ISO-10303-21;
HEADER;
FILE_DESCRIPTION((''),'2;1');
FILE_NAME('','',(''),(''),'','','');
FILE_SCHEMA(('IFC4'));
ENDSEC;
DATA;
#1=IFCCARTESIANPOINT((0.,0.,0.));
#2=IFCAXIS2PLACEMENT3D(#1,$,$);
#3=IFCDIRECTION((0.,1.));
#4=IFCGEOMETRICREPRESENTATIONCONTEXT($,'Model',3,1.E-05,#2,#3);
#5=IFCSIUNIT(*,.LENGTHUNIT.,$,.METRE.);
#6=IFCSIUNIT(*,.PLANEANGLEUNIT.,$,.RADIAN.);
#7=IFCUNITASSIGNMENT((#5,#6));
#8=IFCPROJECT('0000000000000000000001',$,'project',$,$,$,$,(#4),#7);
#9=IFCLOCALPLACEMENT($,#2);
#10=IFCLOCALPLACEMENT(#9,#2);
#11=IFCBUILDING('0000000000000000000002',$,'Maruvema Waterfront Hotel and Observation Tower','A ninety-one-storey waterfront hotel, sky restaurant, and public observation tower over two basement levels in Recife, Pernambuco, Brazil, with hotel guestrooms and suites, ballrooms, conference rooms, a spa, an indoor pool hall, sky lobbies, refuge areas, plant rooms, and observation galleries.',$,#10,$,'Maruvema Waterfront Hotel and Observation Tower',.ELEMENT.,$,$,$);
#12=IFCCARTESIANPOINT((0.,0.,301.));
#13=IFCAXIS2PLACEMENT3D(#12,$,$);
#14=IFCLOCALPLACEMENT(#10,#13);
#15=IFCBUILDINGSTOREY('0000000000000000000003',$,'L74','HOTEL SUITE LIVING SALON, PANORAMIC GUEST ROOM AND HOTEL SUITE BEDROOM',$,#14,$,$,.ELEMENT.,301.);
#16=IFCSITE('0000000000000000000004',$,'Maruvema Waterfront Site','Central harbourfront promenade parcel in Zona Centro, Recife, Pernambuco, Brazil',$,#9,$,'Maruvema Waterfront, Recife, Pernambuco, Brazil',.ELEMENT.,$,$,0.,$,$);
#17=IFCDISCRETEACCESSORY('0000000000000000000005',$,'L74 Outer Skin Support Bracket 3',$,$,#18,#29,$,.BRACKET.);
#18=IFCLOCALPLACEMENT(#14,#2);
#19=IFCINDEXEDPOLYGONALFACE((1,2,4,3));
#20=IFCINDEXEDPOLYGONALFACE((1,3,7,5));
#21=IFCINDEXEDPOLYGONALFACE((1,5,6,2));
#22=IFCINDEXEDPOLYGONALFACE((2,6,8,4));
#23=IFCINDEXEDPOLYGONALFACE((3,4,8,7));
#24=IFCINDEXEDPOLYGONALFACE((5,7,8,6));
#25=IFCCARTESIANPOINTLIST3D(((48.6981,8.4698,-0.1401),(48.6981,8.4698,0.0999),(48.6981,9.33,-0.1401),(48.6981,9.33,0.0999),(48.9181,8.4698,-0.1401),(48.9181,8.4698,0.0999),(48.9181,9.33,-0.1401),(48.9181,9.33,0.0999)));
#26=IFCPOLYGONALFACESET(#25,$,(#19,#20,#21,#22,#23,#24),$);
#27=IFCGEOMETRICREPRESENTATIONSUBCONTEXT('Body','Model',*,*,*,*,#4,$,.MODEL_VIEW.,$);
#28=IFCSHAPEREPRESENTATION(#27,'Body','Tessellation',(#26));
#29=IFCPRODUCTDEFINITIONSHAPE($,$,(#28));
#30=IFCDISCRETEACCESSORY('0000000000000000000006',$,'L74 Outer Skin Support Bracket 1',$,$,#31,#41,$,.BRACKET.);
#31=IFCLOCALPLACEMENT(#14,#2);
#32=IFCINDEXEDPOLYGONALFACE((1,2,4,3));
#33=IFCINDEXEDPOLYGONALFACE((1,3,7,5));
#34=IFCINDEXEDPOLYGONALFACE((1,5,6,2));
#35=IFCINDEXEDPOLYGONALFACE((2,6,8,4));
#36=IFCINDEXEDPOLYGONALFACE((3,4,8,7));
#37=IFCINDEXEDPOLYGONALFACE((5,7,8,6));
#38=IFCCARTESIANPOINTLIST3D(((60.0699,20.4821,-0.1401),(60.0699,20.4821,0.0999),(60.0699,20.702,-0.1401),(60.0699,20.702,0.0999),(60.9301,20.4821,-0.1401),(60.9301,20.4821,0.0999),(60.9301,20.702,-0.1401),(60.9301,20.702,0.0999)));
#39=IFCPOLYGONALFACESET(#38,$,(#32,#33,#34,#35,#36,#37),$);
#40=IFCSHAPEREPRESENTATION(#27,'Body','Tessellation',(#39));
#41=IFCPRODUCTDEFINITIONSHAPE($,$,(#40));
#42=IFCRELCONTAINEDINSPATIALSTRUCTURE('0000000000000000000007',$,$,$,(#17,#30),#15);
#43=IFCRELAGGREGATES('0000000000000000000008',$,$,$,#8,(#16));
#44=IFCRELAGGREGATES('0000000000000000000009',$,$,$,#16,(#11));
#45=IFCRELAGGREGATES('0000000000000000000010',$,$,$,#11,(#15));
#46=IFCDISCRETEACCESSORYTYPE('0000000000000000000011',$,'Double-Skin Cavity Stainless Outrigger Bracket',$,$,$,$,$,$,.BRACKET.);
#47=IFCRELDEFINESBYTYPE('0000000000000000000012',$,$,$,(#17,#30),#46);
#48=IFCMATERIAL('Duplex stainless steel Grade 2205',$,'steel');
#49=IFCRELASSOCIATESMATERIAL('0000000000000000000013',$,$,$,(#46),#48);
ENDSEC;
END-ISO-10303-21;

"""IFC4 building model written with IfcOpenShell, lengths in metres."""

from ifc_helpers import new_model, si_unit, direction, frame, origin, origin_2d, place, context, subcontext, project, spatial, rectangle, extrude, material, type_object, element, save


model = new_model("IFC4")

# Units and contexts
model_context = context("Model", 3, precision=1e-05, world=origin(), true_north=direction((0.0, 1.0)))
body_context = subcontext(model_context, "Body", "Model", "MODEL_VIEW")
ifc_project = project(units=[si_unit("LENGTHUNIT", "METRE"), si_unit("PLANEANGLEUNIT", "RADIAN")], contexts=[model_context])

# Site, building, storey
site_placement = place(None, origin())
site = spatial("IfcSite", under=ifc_project, at=site_placement, Name="Maruvema Waterfront Site", Description="Central harbourfront promenade parcel in Zona Centro, Recife, Pernambuco, Brazil", LongName="Maruvema Waterfront, Recife, Pernambuco, Brazil", CompositionType="ELEMENT", RefElevation=0.0)
building_placement = place(site_placement, origin())
building = spatial("IfcBuilding", under=site, at=building_placement, Name="Maruvema Waterfront Hotel and Observation Tower", Description="A ninety-one-storey waterfront hotel, sky restaurant, and public observation tower over two basement levels in Recife, Pernambuco, Brazil, with hotel guestrooms and suites, ballrooms, conference rooms, a spa, an indoor pool hall, sky lobbies, refuge areas, plant rooms, and observation galleries.", LongName="Maruvema Waterfront Hotel and Observation Tower", CompositionType="ELEMENT")
storey_placement = place(building_placement, frame((0.0, 0.0, 301.0)))
storey = spatial("IfcBuildingStorey", under=building, at=storey_placement, Name="L74", Description="HOTEL SUITE LIVING SALON, PANORAMIC GUEST ROOM AND HOTEL SUITE BEDROOM", CompositionType="ELEMENT", Elevation=301.0)

# Discrete accessories
ifc_material_1 = material(Name="Duplex stainless steel Grade 2205", Category="steel")
discrete_accessory_type = type_object("IfcDiscreteAccessoryType", Name="Double-Skin Cavity Stainless Outrigger Bracket", PredefinedType="BRACKET", material=ifc_material_1)
for number, where, z_axis, x_axis, name in (
    (1, (48.8081, 8.8999, -0.1401), (0.0, 0.0, 1.0), (1.0, 0.0, 0.0), "L74 Outer Skin Support Bracket 3"),
    (2, (60.5, 20.592, -0.1401), (0.0, 0.0, 1.0), (0.0, 1.0, 0.0), "L74 Outer Skin Support Bracket 1"),
):
    element("IfcDiscreteAccessory", number, at=place(storey_placement, frame(where, z_axis=z_axis, x_axis=x_axis)), inside=storey, type_object=discrete_accessory_type, Name=name, PredefinedType="BRACKET", context=body_context, shape_type="SweptSolid", body=[
        extrude(rectangle(XDim=0.22, YDim=0.8601, at=origin_2d()), origin(), (0.0, 0.0, 1.0), 0.24),
    ])

save(model, "model.ifc")
